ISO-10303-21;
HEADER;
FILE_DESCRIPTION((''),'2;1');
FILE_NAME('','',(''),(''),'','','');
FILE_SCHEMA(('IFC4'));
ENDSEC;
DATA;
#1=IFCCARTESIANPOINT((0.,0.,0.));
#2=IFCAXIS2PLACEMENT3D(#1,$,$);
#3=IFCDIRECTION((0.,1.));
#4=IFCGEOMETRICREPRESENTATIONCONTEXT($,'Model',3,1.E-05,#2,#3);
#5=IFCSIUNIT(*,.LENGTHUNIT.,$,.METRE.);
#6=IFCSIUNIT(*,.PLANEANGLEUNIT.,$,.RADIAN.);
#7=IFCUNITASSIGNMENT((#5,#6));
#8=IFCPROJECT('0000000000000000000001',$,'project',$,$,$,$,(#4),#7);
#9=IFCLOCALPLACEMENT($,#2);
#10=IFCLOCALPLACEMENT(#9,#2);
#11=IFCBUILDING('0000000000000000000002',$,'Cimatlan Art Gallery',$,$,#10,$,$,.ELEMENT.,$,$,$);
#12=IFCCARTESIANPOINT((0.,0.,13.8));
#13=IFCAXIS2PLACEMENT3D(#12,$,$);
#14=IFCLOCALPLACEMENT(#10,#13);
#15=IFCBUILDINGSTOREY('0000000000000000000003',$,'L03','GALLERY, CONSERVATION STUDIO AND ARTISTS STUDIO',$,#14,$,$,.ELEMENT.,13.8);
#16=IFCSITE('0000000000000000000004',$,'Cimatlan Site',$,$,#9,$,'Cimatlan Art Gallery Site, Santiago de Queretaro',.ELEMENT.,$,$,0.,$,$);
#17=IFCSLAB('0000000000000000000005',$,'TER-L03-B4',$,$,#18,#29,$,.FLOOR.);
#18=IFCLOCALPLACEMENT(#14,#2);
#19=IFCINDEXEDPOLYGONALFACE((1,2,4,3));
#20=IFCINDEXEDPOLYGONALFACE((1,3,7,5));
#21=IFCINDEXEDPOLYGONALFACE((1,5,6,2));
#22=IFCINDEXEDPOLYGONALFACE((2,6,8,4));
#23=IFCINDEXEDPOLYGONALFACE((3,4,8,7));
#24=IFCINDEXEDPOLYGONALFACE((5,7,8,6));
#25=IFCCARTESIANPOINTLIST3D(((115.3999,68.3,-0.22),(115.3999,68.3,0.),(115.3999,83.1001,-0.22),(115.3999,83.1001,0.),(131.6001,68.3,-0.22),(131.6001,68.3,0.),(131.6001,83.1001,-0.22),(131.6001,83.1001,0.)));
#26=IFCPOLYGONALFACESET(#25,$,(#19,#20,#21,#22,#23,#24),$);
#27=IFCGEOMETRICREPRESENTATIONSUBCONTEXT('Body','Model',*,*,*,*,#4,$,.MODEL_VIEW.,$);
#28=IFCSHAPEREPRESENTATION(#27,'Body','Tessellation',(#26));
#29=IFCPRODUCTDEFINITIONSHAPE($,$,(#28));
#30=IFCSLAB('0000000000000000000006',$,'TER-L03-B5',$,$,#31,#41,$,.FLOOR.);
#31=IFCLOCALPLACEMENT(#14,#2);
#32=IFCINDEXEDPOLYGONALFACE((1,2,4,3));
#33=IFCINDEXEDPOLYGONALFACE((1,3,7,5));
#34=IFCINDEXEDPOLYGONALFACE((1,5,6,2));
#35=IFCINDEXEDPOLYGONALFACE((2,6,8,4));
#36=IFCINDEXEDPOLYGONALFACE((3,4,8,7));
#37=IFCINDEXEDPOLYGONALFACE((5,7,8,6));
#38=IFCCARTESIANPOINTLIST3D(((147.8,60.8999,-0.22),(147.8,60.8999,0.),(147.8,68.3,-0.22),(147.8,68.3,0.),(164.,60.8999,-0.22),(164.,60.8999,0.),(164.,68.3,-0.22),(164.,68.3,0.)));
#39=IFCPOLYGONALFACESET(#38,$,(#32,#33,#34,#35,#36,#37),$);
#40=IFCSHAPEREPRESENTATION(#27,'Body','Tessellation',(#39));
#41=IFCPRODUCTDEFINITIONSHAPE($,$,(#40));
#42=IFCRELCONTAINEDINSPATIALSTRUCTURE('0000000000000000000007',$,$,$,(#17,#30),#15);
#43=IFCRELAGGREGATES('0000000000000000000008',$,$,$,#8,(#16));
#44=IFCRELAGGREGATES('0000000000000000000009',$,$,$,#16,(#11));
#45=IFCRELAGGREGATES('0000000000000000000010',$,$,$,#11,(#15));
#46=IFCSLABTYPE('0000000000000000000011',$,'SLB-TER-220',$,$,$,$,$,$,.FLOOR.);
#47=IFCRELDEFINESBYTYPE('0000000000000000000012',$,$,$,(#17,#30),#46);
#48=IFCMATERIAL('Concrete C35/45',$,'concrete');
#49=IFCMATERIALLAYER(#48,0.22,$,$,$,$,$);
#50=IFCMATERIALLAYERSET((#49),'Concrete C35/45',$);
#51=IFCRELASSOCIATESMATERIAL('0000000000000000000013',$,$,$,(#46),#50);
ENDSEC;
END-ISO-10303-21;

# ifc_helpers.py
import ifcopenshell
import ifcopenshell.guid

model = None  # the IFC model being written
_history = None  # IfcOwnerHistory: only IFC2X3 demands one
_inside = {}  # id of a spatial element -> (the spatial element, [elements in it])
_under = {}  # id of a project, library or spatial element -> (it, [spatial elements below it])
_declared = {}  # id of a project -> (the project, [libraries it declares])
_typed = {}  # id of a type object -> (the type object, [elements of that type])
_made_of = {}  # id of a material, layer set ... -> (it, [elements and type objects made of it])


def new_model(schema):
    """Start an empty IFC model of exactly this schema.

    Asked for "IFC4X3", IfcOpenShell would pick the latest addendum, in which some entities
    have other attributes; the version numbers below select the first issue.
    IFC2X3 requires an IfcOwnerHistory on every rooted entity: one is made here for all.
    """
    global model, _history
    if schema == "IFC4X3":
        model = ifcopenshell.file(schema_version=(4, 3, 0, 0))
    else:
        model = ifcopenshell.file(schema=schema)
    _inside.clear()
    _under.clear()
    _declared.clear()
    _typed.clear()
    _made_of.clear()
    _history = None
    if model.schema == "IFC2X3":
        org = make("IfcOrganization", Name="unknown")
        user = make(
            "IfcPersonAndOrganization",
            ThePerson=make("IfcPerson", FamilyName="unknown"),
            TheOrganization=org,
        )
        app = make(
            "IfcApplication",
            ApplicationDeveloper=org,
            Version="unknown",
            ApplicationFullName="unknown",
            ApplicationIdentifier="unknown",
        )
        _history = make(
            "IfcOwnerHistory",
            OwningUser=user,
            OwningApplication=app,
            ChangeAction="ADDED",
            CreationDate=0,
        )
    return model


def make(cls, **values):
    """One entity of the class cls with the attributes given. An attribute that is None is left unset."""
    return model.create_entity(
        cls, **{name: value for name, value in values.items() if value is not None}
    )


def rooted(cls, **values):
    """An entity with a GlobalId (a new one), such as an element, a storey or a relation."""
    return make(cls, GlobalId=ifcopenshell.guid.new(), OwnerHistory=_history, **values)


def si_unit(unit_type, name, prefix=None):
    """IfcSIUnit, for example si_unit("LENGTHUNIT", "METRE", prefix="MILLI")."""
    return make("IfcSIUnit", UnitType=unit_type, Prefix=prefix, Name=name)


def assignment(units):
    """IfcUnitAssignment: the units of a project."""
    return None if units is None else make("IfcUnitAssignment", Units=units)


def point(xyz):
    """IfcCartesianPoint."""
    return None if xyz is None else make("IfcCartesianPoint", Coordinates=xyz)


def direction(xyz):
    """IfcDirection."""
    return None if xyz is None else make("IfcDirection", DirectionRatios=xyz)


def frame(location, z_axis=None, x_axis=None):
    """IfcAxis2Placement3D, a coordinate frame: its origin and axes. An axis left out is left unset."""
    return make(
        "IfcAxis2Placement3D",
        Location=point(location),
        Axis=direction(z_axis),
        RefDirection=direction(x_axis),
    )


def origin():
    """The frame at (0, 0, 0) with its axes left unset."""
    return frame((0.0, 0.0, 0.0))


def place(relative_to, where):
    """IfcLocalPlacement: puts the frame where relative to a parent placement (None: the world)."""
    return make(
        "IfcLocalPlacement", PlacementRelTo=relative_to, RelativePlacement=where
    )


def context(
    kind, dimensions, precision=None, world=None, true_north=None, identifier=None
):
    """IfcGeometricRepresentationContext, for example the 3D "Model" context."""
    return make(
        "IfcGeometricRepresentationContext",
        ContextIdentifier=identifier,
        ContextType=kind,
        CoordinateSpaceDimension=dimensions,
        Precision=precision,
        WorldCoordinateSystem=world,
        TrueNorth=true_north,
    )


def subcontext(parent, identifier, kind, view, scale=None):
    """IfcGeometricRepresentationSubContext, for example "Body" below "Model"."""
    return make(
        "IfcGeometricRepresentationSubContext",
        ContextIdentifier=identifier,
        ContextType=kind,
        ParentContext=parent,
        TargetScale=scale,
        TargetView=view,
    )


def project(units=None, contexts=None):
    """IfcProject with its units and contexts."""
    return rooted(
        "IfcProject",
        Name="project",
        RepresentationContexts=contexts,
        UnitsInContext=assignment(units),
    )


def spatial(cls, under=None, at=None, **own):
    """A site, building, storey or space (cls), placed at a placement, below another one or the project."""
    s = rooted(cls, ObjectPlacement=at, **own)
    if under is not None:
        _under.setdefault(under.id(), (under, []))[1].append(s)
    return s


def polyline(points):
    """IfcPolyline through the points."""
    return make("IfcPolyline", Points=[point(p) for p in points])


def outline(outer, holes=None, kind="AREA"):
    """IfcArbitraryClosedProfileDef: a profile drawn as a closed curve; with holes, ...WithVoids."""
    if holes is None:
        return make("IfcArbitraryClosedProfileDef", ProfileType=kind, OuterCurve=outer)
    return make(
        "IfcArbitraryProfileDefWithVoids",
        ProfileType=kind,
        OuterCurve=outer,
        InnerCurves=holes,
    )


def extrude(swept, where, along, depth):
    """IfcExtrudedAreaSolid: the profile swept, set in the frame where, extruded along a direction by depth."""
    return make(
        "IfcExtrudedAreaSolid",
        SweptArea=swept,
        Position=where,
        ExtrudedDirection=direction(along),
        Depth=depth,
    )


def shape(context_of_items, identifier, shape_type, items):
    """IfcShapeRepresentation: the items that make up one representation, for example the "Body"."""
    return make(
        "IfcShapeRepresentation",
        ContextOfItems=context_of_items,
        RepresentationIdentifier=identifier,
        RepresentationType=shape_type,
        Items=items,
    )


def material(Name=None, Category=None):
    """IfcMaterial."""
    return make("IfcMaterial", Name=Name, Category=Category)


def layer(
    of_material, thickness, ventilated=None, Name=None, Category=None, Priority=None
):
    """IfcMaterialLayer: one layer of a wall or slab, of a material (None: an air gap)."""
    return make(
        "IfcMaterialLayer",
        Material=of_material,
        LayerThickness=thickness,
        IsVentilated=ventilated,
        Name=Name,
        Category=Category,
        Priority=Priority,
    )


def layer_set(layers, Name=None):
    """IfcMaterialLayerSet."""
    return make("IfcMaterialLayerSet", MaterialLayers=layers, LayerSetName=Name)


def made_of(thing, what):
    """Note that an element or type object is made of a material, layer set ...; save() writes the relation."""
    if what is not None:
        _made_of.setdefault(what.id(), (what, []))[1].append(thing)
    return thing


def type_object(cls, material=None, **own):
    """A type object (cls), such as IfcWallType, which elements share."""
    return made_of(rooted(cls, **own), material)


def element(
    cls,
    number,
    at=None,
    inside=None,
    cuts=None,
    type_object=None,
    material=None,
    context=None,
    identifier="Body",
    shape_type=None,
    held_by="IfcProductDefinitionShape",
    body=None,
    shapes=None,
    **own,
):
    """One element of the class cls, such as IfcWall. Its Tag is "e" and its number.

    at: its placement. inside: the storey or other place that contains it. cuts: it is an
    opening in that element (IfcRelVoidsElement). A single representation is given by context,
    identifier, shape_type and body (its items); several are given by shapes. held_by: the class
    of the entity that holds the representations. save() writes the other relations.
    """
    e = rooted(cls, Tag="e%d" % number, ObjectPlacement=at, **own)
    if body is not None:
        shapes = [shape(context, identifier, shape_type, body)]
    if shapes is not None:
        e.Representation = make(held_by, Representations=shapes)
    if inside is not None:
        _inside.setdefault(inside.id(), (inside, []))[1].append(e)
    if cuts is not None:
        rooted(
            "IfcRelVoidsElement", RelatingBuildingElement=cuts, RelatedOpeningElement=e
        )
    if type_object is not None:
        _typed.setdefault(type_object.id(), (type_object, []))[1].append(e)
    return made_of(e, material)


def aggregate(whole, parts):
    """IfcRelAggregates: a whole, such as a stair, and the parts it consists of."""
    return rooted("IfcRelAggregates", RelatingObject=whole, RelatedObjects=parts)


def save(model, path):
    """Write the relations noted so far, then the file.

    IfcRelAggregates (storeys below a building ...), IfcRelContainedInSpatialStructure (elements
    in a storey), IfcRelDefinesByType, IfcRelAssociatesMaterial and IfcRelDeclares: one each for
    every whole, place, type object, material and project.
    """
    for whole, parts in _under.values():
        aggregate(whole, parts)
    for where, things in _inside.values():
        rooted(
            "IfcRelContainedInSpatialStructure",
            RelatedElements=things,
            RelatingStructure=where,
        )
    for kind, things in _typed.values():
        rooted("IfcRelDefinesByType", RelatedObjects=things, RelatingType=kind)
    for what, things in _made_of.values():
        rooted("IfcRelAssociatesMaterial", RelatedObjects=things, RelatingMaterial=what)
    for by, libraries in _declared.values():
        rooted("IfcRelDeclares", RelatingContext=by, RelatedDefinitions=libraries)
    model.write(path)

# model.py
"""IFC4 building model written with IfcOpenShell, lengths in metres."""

from ifc_helpers import new_model, si_unit, direction, frame, origin, place, context, subcontext, project, spatial, polyline, outline, extrude, material, layer, layer_set, type_object, element, save


model = new_model("IFC4")

# Units and contexts
model_context = context("Model", 3, precision=1e-05, world=origin(), true_north=direction((0.0, 1.0)))
body_context = subcontext(model_context, "Body", "Model", "MODEL_VIEW")
ifc_project = project(units=[si_unit("LENGTHUNIT", "METRE"), si_unit("PLANEANGLEUNIT", "RADIAN")], contexts=[model_context])

# Site, building, storey
site_placement = place(None, origin())
site = spatial("IfcSite", under=ifc_project, at=site_placement, Name="Cimatlan Site", LongName="Cimatlan Art Gallery Site, Santiago de Queretaro", CompositionType="ELEMENT", RefElevation=0.0)
building_placement = place(site_placement, origin())
building = spatial("IfcBuilding", under=site, at=building_placement, Name="Cimatlan Art Gallery", CompositionType="ELEMENT")
storey_placement = place(building_placement, frame((0.0, 0.0, 13.8)))
storey = spatial("IfcBuildingStorey", under=building, at=storey_placement, Name="L03", Description="GALLERY, CONSERVATION STUDIO AND ARTISTS STUDIO", CompositionType="ELEMENT", Elevation=13.8)

# Slabs
ifc_material = material(Name="Concrete C35/45", Category="concrete")
ifc_layer_1 = layer(ifc_material, 0.22)
ifc_layer_set_1 = layer_set([ifc_layer_1], Name="Concrete C35/45")
slab_type_1 = type_object("IfcSlabType", Name="SLB-TER-220", PredefinedType="FLOOR", material=ifc_layer_set_1)
slab_1_placement = place(storey_placement, frame((0.0, 0.0, -0.22)))
element("IfcSlab", 1, at=slab_1_placement, inside=storey, type_object=slab_type_1, Name="TER-L03-B4", PredefinedType="FLOOR", context=body_context, shape_type="SweptSolid", body=[
    extrude(outline(polyline([(115.3999, 68.3), (131.6001, 68.3), (131.6001, 83.1001), (115.3999, 83.1001), (115.3999, 68.3)])), origin(), (0.0, 0.0, 1.0), 0.22),
])
slab_2_placement = place(storey_placement, frame((0.0, 0.0, -0.22)))
element("IfcSlab", 2, at=slab_2_placement, inside=storey, type_object=slab_type_1, Name="TER-L03-B5", PredefinedType="FLOOR", context=body_context, shape_type="SweptSolid", body=[
    extrude(outline(polyline([(147.8, 60.8999), (164.0, 60.8999), (164.0, 68.3), (147.8, 68.3), (147.8, 60.8999)])), origin(), (0.0, 0.0, 1.0), 0.22),
])

save(model, "model.ifc")
